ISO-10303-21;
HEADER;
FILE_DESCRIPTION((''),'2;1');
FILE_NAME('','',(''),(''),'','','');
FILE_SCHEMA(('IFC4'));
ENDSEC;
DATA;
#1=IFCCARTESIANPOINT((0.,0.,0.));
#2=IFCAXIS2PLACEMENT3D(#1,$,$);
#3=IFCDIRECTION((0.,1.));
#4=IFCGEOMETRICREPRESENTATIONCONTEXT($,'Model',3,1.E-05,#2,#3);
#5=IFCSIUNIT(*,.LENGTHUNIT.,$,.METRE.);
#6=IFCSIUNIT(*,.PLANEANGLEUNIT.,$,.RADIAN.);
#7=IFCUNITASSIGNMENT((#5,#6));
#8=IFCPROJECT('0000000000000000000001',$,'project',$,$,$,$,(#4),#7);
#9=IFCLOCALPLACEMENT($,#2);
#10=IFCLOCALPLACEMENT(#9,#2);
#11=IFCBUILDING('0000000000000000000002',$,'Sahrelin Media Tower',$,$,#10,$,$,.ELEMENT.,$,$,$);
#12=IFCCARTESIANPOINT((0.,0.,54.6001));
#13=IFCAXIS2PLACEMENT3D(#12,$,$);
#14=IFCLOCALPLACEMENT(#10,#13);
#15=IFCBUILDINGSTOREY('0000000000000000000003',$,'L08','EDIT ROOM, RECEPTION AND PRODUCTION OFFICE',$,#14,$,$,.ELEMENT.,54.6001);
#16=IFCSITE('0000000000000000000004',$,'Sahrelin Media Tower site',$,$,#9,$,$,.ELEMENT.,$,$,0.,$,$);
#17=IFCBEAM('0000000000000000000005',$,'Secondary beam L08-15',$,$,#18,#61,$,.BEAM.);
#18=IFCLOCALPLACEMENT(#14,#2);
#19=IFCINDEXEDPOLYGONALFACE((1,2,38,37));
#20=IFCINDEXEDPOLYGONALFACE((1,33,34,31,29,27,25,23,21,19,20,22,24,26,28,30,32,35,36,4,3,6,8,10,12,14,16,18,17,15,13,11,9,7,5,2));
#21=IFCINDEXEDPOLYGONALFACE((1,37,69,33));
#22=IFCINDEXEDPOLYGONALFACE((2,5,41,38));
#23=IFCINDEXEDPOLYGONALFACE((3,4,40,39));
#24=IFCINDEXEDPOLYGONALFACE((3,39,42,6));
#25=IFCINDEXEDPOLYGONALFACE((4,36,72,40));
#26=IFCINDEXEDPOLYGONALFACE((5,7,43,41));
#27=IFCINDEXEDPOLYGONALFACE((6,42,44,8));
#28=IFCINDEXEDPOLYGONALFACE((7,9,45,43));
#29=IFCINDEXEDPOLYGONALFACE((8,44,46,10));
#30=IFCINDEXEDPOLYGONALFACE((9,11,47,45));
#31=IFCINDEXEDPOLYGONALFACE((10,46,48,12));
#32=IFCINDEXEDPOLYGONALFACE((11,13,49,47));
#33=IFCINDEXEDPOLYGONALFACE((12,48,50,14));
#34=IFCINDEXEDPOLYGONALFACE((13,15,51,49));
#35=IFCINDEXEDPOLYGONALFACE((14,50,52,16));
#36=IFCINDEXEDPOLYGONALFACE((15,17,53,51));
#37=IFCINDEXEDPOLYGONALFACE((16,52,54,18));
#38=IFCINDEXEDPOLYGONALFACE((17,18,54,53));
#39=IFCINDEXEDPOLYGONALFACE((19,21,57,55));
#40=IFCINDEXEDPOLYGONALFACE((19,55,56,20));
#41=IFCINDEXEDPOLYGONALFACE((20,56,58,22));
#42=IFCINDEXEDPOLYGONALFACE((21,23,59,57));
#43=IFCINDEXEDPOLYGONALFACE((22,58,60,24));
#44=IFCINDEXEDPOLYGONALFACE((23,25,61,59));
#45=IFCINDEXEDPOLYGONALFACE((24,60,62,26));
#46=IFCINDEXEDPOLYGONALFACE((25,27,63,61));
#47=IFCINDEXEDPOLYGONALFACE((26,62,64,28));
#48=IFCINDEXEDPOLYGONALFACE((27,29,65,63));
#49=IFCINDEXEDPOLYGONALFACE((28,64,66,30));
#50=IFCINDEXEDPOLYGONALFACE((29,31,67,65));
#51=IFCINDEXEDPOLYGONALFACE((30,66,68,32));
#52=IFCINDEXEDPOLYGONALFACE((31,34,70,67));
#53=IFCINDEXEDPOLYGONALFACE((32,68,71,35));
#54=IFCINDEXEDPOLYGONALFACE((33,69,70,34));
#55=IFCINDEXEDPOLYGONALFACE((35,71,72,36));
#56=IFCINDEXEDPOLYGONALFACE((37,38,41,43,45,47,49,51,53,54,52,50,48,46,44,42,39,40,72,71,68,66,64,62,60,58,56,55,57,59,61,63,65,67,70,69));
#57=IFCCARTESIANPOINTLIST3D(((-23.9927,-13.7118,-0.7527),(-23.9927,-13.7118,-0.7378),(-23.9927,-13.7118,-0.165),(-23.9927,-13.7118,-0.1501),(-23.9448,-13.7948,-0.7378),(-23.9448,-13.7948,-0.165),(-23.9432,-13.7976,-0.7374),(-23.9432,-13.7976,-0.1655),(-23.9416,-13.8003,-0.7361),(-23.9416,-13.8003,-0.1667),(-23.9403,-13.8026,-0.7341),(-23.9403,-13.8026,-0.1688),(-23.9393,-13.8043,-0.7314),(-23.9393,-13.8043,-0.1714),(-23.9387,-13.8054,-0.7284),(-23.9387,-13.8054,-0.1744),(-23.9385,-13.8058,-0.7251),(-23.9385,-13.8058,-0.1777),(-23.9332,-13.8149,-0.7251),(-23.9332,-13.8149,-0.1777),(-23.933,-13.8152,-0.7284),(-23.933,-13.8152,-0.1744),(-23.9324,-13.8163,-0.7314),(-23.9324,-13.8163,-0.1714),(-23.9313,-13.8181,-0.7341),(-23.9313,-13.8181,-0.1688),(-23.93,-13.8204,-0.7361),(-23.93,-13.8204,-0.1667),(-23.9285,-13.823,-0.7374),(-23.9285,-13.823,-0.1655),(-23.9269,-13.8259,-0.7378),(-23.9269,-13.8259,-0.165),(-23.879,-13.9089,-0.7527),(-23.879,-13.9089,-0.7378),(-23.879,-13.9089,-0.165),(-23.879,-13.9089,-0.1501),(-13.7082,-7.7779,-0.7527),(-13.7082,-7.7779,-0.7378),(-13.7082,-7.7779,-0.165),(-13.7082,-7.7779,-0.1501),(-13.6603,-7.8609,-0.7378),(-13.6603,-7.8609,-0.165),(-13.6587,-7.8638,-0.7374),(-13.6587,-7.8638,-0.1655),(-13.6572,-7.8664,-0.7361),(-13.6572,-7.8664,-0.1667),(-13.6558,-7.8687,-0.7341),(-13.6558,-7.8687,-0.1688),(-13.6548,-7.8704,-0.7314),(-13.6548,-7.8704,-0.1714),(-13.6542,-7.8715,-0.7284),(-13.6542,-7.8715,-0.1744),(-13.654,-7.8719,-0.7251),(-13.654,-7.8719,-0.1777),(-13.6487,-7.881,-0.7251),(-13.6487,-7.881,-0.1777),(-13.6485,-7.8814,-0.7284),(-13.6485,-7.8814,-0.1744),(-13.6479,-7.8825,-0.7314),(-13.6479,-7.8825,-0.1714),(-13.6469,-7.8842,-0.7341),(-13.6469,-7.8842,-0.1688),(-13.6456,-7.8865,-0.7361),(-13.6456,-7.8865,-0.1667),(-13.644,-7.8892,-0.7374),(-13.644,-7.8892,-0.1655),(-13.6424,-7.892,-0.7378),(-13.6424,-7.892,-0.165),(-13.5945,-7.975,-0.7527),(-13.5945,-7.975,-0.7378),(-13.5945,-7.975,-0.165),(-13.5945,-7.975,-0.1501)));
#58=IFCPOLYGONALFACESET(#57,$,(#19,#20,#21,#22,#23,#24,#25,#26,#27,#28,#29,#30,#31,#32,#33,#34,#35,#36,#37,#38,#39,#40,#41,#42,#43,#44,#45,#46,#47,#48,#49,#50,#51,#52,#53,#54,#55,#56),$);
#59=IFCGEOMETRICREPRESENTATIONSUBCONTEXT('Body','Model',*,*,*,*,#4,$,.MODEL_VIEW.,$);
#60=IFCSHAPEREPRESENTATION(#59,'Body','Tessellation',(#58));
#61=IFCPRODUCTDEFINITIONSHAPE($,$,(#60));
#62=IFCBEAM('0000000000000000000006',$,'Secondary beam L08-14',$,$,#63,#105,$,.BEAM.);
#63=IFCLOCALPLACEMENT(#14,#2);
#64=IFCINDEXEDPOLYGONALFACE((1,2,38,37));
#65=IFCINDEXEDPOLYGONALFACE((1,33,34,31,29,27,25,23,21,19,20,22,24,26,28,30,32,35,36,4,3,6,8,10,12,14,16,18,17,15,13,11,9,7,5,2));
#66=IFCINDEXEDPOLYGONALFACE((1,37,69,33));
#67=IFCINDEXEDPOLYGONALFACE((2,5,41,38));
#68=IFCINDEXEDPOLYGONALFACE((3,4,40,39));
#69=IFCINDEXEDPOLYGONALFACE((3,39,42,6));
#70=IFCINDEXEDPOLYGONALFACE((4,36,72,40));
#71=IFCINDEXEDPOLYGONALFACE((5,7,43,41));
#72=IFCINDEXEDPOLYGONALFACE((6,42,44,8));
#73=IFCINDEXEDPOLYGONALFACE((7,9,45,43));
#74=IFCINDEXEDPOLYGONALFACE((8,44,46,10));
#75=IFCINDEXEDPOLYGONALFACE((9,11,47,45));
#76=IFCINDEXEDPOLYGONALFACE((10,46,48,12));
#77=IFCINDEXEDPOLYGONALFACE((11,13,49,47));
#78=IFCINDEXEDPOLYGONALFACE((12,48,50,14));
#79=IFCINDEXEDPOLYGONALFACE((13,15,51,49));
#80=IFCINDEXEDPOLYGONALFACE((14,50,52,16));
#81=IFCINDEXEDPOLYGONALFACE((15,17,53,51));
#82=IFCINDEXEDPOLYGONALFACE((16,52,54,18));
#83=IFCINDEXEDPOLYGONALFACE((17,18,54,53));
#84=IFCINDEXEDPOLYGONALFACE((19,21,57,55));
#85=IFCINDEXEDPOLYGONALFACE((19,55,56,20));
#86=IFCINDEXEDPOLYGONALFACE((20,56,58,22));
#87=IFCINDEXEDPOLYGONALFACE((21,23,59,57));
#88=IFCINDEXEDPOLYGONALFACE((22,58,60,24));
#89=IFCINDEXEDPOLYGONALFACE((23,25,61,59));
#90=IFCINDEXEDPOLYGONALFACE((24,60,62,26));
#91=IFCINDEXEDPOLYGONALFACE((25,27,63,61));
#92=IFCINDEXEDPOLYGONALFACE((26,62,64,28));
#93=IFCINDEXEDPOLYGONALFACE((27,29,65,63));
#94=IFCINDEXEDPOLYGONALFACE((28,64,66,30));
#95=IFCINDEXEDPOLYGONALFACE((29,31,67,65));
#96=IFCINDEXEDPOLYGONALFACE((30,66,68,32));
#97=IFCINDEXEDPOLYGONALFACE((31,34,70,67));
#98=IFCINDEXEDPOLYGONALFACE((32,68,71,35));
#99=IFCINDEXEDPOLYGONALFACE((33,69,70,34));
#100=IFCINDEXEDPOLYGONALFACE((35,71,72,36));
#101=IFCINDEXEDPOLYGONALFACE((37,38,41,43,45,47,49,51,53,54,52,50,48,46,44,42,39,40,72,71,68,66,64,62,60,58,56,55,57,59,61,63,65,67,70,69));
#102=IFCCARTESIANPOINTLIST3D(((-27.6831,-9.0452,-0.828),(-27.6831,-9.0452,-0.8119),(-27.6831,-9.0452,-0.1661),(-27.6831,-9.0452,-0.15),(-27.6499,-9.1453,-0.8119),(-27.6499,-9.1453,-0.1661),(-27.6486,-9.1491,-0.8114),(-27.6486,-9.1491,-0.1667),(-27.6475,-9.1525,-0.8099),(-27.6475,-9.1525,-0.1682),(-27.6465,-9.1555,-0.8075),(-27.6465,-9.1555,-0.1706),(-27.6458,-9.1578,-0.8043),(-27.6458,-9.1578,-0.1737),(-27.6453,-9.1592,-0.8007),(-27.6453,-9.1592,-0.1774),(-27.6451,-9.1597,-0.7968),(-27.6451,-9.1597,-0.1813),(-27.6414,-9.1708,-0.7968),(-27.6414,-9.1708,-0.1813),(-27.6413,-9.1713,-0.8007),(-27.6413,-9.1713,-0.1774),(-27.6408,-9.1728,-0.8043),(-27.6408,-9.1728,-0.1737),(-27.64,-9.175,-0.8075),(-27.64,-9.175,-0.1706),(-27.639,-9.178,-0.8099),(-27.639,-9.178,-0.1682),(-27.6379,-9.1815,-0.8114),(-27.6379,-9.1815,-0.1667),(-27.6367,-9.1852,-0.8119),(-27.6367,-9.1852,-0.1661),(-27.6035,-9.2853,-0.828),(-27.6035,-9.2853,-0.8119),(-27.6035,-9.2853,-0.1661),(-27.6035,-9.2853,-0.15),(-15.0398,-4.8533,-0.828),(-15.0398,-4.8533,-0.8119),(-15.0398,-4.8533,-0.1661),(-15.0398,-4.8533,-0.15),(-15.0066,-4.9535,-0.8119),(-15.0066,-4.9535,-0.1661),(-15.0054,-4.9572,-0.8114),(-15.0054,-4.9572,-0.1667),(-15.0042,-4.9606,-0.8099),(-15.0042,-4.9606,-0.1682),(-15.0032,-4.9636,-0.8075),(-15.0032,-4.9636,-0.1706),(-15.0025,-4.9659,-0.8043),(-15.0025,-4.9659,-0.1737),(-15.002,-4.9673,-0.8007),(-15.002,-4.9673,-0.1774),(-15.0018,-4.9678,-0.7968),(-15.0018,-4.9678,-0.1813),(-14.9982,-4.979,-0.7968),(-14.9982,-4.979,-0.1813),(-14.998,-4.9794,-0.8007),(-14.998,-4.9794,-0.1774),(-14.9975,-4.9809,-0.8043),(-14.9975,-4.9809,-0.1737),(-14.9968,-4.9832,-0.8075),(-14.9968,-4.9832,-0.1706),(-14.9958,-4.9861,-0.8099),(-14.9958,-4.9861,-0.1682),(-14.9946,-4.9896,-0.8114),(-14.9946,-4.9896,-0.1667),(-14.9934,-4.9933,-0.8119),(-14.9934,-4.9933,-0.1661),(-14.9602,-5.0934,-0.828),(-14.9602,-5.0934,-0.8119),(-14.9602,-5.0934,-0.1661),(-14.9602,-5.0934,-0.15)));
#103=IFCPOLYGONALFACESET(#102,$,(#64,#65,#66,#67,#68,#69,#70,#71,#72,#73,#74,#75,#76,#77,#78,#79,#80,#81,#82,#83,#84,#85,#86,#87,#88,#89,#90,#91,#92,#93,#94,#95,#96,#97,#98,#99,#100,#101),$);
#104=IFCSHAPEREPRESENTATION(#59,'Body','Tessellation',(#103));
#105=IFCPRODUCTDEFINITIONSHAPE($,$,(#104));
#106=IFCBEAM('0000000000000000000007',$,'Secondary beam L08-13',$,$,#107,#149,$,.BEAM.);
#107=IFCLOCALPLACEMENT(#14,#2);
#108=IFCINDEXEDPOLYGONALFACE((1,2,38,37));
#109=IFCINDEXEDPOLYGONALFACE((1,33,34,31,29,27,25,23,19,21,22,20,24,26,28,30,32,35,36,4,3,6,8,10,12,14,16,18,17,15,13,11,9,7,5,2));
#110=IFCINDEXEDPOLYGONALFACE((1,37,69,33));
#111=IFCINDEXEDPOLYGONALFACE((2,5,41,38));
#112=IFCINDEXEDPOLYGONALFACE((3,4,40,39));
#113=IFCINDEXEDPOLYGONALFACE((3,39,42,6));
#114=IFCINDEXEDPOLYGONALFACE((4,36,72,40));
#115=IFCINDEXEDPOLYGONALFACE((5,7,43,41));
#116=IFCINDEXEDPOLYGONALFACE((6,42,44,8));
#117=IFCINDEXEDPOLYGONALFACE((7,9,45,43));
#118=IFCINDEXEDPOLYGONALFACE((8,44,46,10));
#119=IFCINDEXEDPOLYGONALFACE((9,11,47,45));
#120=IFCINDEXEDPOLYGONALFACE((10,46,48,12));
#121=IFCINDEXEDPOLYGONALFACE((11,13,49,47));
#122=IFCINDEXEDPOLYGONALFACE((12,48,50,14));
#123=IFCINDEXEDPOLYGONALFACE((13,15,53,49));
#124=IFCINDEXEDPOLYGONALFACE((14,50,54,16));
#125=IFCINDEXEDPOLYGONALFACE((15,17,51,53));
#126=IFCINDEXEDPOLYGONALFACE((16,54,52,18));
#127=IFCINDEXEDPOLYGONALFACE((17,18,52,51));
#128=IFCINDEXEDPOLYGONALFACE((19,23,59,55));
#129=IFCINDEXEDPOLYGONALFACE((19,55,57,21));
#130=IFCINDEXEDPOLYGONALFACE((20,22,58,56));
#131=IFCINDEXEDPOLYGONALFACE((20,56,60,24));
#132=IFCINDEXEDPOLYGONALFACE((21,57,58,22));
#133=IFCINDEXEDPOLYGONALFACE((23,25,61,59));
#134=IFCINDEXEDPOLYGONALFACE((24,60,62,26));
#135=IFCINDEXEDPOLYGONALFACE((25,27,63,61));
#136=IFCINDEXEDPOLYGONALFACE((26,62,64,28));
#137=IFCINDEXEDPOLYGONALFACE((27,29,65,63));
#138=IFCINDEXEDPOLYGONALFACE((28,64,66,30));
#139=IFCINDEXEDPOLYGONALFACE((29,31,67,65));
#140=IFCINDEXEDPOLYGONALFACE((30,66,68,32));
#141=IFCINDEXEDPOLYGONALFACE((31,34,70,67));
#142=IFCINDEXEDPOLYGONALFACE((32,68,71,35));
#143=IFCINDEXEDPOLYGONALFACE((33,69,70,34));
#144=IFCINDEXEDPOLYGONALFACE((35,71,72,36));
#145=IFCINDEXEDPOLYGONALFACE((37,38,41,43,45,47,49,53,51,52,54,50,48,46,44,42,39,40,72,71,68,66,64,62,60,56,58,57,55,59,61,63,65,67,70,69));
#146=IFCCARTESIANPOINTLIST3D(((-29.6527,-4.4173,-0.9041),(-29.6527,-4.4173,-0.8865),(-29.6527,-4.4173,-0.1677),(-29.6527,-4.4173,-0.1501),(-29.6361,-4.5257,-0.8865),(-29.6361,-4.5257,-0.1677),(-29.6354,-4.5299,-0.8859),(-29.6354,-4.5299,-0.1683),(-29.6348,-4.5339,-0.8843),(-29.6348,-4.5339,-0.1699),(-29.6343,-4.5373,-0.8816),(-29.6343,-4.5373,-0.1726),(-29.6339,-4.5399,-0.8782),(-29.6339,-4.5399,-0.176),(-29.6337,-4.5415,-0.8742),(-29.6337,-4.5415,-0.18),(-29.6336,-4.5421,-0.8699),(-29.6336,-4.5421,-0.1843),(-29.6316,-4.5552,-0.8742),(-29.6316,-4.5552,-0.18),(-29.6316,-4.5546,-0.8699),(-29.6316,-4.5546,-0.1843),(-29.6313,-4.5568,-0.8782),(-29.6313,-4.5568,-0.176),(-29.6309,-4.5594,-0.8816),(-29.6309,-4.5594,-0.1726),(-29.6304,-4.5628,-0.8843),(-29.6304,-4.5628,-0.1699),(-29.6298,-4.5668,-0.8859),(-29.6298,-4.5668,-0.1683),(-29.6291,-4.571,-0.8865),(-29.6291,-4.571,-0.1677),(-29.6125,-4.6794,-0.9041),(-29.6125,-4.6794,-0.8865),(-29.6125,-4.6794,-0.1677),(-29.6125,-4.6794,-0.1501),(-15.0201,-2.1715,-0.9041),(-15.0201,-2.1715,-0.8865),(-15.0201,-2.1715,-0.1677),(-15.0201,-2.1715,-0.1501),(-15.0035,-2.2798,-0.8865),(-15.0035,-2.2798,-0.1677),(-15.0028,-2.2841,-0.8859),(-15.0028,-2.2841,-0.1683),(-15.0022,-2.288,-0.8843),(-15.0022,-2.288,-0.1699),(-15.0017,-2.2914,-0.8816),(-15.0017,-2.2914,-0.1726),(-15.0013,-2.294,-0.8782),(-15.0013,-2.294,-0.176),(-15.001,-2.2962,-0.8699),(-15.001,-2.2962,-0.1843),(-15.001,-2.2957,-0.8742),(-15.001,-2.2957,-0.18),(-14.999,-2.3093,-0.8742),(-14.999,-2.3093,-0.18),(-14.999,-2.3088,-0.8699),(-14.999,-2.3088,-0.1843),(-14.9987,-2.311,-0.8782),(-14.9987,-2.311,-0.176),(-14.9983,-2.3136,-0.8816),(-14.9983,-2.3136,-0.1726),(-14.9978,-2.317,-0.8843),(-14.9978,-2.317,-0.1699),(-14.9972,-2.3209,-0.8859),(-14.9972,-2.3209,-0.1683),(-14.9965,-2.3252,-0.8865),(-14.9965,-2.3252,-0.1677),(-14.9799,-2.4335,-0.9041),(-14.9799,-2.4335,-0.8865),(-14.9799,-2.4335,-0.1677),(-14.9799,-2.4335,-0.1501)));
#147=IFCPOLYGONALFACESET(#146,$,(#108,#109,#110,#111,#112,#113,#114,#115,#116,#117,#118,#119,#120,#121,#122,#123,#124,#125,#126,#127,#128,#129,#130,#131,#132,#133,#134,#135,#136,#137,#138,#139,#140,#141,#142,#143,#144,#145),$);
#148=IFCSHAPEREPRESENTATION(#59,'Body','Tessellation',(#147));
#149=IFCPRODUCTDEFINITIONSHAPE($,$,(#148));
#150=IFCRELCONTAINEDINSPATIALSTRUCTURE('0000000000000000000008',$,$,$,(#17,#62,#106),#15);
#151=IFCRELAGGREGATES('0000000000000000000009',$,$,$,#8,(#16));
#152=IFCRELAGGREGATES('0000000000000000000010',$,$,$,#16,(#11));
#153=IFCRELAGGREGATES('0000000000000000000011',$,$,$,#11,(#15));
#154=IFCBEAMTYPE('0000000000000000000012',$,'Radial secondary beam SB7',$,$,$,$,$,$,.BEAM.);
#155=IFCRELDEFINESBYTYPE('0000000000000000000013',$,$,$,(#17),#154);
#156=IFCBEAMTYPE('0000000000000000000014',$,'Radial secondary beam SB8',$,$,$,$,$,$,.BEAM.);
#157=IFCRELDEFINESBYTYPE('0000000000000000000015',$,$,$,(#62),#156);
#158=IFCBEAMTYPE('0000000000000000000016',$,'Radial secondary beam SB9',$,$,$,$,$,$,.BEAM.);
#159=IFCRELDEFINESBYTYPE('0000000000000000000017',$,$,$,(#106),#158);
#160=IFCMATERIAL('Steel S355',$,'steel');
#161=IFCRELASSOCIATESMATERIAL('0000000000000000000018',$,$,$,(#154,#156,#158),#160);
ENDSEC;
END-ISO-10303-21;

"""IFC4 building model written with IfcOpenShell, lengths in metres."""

from ifc_helpers import new_model, si_unit, direction, frame, origin, origin_2d, place, context, subcontext, project, spatial, i_section, extrude, material, material_profile, profile_set, type_object, element, save


model = new_model("IFC4")

# Units and contexts
model_context = context("Model", 3, precision=1e-05, world=origin(), true_north=direction((0.0, 1.0)))
body_context = subcontext(model_context, "Body", "Model", "MODEL_VIEW")
ifc_project = project(units=[si_unit("LENGTHUNIT", "METRE"), si_unit("PLANEANGLEUNIT", "RADIAN")], contexts=[model_context])

# Site, building, storey
site_placement = place(None, origin())
site = spatial("IfcSite", under=ifc_project, at=site_placement, Name="Sahrelin Media Tower site", CompositionType="ELEMENT", RefElevation=0.0)
building_placement = place(site_placement, origin())
building = spatial("IfcBuilding", under=site, at=building_placement, Name="Sahrelin Media Tower", CompositionType="ELEMENT")
storey_placement = place(building_placement, frame((0.0, 0.0, 54.6001)))
storey = spatial("IfcBuildingStorey", under=building, at=storey_placement, Name="L08", Description="EDIT ROOM, RECEPTION AND PRODUCTION OFFICE", CompositionType="ELEMENT", Elevation=54.6001)

# Beams
ifc_material_1 = material(Name="Steel S355", Category="steel")
ifc_material_profile_1 = material_profile(ifc_material_1, i_section(OverallWidth=0.2275, OverallDepth=0.6025, WebThickness=0.0105, FlangeThickness=0.0149, FilletRadius=0.0127, at=origin_2d()), Name="UB 610x229x101")
ifc_profile_set_1 = profile_set([ifc_material_profile_1], Name="Steel S355")
beam_type_1 = type_object("IfcBeamType", Name="Radial secondary beam SB7", PredefinedType="BEAM", material=ifc_profile_set_1)
beam_1_placement = place(storey_placement, frame((-13.6514, -7.8765, -0.4514), z_axis=(-0.866167, -0.499755, 0.0), x_axis=(0.499755, -0.866167, 0.0)))
element("IfcBeam", 1, at=beam_1_placement, inside=storey, type_object=beam_type_1, Name="Secondary beam L08-15", PredefinedType="BEAM", context=body_context, shape_type="SweptSolid", body=[
    extrude(i_section(OverallWidth=0.2275, OverallDepth=0.6025, WebThickness=0.0105, FlangeThickness=0.0149, FilletRadius=0.0127, at=origin_2d()), origin(), (0.0, 0.0, 1.0), 11.8735),
])
ifc_material_profile_2 = material_profile(ifc_material_1, i_section(OverallWidth=0.2529, OverallDepth=0.678, WebThickness=0.0117, FlangeThickness=0.0161, FilletRadius=0.0151, at=origin_2d()), Name="UB 686x254x125")
ifc_profile_set_2 = profile_set([ifc_material_profile_2], Name="Steel S355")
beam_type_2 = type_object("IfcBeamType", Name="Radial secondary beam SB8", PredefinedType="BEAM", material=ifc_profile_set_2)
beam_2_placement = place(storey_placement, frame((-15.0, -4.9734, -0.489), z_axis=(-0.94919, -0.314704, 0.0), x_axis=(0.314704, -0.94919, 0.0)))
element("IfcBeam", 2, at=beam_2_placement, inside=storey, type_object=beam_type_2, Name="Secondary beam L08-14", PredefinedType="BEAM", context=body_context, shape_type="SweptSolid", body=[
    extrude(i_section(OverallWidth=0.2529, OverallDepth=0.678, WebThickness=0.0117, FlangeThickness=0.0161, FilletRadius=0.0151, at=origin_2d()), origin(), (0.0, 0.0, 1.0), 13.3201),
])
ifc_material_profile_3 = material_profile(ifc_material_1, i_section(OverallWidth=0.2651, OverallDepth=0.7539, WebThickness=0.0127, FlangeThickness=0.0176, FilletRadius=0.0166, at=origin_2d()), Name="UB 762x267x147")
ifc_profile_set_3 = profile_set([ifc_material_profile_3], Name="Steel S355")
beam_type_3 = type_object("IfcBeamType", Name="Radial secondary beam SB9", PredefinedType="BEAM", material=ifc_profile_set_3)
beam_3_placement = place(storey_placement, frame((-15.0, -2.3025, -0.5271), z_axis=(-0.988426, -0.151706, 0.0), x_axis=(0.151706, -0.988426, 0.0)))
element("IfcBeam", 3, at=beam_3_placement, inside=storey, type_object=beam_type_3, Name="Secondary beam L08-13", PredefinedType="BEAM", context=body_context, shape_type="SweptSolid", body=[
    extrude(i_section(OverallWidth=0.2651, OverallDepth=0.7539, WebThickness=0.0127, FlangeThickness=0.0176, FilletRadius=0.0166, at=origin_2d()), origin(), (0.0, 0.0, 1.0), 14.804),
])

save(model, "model.ifc")
